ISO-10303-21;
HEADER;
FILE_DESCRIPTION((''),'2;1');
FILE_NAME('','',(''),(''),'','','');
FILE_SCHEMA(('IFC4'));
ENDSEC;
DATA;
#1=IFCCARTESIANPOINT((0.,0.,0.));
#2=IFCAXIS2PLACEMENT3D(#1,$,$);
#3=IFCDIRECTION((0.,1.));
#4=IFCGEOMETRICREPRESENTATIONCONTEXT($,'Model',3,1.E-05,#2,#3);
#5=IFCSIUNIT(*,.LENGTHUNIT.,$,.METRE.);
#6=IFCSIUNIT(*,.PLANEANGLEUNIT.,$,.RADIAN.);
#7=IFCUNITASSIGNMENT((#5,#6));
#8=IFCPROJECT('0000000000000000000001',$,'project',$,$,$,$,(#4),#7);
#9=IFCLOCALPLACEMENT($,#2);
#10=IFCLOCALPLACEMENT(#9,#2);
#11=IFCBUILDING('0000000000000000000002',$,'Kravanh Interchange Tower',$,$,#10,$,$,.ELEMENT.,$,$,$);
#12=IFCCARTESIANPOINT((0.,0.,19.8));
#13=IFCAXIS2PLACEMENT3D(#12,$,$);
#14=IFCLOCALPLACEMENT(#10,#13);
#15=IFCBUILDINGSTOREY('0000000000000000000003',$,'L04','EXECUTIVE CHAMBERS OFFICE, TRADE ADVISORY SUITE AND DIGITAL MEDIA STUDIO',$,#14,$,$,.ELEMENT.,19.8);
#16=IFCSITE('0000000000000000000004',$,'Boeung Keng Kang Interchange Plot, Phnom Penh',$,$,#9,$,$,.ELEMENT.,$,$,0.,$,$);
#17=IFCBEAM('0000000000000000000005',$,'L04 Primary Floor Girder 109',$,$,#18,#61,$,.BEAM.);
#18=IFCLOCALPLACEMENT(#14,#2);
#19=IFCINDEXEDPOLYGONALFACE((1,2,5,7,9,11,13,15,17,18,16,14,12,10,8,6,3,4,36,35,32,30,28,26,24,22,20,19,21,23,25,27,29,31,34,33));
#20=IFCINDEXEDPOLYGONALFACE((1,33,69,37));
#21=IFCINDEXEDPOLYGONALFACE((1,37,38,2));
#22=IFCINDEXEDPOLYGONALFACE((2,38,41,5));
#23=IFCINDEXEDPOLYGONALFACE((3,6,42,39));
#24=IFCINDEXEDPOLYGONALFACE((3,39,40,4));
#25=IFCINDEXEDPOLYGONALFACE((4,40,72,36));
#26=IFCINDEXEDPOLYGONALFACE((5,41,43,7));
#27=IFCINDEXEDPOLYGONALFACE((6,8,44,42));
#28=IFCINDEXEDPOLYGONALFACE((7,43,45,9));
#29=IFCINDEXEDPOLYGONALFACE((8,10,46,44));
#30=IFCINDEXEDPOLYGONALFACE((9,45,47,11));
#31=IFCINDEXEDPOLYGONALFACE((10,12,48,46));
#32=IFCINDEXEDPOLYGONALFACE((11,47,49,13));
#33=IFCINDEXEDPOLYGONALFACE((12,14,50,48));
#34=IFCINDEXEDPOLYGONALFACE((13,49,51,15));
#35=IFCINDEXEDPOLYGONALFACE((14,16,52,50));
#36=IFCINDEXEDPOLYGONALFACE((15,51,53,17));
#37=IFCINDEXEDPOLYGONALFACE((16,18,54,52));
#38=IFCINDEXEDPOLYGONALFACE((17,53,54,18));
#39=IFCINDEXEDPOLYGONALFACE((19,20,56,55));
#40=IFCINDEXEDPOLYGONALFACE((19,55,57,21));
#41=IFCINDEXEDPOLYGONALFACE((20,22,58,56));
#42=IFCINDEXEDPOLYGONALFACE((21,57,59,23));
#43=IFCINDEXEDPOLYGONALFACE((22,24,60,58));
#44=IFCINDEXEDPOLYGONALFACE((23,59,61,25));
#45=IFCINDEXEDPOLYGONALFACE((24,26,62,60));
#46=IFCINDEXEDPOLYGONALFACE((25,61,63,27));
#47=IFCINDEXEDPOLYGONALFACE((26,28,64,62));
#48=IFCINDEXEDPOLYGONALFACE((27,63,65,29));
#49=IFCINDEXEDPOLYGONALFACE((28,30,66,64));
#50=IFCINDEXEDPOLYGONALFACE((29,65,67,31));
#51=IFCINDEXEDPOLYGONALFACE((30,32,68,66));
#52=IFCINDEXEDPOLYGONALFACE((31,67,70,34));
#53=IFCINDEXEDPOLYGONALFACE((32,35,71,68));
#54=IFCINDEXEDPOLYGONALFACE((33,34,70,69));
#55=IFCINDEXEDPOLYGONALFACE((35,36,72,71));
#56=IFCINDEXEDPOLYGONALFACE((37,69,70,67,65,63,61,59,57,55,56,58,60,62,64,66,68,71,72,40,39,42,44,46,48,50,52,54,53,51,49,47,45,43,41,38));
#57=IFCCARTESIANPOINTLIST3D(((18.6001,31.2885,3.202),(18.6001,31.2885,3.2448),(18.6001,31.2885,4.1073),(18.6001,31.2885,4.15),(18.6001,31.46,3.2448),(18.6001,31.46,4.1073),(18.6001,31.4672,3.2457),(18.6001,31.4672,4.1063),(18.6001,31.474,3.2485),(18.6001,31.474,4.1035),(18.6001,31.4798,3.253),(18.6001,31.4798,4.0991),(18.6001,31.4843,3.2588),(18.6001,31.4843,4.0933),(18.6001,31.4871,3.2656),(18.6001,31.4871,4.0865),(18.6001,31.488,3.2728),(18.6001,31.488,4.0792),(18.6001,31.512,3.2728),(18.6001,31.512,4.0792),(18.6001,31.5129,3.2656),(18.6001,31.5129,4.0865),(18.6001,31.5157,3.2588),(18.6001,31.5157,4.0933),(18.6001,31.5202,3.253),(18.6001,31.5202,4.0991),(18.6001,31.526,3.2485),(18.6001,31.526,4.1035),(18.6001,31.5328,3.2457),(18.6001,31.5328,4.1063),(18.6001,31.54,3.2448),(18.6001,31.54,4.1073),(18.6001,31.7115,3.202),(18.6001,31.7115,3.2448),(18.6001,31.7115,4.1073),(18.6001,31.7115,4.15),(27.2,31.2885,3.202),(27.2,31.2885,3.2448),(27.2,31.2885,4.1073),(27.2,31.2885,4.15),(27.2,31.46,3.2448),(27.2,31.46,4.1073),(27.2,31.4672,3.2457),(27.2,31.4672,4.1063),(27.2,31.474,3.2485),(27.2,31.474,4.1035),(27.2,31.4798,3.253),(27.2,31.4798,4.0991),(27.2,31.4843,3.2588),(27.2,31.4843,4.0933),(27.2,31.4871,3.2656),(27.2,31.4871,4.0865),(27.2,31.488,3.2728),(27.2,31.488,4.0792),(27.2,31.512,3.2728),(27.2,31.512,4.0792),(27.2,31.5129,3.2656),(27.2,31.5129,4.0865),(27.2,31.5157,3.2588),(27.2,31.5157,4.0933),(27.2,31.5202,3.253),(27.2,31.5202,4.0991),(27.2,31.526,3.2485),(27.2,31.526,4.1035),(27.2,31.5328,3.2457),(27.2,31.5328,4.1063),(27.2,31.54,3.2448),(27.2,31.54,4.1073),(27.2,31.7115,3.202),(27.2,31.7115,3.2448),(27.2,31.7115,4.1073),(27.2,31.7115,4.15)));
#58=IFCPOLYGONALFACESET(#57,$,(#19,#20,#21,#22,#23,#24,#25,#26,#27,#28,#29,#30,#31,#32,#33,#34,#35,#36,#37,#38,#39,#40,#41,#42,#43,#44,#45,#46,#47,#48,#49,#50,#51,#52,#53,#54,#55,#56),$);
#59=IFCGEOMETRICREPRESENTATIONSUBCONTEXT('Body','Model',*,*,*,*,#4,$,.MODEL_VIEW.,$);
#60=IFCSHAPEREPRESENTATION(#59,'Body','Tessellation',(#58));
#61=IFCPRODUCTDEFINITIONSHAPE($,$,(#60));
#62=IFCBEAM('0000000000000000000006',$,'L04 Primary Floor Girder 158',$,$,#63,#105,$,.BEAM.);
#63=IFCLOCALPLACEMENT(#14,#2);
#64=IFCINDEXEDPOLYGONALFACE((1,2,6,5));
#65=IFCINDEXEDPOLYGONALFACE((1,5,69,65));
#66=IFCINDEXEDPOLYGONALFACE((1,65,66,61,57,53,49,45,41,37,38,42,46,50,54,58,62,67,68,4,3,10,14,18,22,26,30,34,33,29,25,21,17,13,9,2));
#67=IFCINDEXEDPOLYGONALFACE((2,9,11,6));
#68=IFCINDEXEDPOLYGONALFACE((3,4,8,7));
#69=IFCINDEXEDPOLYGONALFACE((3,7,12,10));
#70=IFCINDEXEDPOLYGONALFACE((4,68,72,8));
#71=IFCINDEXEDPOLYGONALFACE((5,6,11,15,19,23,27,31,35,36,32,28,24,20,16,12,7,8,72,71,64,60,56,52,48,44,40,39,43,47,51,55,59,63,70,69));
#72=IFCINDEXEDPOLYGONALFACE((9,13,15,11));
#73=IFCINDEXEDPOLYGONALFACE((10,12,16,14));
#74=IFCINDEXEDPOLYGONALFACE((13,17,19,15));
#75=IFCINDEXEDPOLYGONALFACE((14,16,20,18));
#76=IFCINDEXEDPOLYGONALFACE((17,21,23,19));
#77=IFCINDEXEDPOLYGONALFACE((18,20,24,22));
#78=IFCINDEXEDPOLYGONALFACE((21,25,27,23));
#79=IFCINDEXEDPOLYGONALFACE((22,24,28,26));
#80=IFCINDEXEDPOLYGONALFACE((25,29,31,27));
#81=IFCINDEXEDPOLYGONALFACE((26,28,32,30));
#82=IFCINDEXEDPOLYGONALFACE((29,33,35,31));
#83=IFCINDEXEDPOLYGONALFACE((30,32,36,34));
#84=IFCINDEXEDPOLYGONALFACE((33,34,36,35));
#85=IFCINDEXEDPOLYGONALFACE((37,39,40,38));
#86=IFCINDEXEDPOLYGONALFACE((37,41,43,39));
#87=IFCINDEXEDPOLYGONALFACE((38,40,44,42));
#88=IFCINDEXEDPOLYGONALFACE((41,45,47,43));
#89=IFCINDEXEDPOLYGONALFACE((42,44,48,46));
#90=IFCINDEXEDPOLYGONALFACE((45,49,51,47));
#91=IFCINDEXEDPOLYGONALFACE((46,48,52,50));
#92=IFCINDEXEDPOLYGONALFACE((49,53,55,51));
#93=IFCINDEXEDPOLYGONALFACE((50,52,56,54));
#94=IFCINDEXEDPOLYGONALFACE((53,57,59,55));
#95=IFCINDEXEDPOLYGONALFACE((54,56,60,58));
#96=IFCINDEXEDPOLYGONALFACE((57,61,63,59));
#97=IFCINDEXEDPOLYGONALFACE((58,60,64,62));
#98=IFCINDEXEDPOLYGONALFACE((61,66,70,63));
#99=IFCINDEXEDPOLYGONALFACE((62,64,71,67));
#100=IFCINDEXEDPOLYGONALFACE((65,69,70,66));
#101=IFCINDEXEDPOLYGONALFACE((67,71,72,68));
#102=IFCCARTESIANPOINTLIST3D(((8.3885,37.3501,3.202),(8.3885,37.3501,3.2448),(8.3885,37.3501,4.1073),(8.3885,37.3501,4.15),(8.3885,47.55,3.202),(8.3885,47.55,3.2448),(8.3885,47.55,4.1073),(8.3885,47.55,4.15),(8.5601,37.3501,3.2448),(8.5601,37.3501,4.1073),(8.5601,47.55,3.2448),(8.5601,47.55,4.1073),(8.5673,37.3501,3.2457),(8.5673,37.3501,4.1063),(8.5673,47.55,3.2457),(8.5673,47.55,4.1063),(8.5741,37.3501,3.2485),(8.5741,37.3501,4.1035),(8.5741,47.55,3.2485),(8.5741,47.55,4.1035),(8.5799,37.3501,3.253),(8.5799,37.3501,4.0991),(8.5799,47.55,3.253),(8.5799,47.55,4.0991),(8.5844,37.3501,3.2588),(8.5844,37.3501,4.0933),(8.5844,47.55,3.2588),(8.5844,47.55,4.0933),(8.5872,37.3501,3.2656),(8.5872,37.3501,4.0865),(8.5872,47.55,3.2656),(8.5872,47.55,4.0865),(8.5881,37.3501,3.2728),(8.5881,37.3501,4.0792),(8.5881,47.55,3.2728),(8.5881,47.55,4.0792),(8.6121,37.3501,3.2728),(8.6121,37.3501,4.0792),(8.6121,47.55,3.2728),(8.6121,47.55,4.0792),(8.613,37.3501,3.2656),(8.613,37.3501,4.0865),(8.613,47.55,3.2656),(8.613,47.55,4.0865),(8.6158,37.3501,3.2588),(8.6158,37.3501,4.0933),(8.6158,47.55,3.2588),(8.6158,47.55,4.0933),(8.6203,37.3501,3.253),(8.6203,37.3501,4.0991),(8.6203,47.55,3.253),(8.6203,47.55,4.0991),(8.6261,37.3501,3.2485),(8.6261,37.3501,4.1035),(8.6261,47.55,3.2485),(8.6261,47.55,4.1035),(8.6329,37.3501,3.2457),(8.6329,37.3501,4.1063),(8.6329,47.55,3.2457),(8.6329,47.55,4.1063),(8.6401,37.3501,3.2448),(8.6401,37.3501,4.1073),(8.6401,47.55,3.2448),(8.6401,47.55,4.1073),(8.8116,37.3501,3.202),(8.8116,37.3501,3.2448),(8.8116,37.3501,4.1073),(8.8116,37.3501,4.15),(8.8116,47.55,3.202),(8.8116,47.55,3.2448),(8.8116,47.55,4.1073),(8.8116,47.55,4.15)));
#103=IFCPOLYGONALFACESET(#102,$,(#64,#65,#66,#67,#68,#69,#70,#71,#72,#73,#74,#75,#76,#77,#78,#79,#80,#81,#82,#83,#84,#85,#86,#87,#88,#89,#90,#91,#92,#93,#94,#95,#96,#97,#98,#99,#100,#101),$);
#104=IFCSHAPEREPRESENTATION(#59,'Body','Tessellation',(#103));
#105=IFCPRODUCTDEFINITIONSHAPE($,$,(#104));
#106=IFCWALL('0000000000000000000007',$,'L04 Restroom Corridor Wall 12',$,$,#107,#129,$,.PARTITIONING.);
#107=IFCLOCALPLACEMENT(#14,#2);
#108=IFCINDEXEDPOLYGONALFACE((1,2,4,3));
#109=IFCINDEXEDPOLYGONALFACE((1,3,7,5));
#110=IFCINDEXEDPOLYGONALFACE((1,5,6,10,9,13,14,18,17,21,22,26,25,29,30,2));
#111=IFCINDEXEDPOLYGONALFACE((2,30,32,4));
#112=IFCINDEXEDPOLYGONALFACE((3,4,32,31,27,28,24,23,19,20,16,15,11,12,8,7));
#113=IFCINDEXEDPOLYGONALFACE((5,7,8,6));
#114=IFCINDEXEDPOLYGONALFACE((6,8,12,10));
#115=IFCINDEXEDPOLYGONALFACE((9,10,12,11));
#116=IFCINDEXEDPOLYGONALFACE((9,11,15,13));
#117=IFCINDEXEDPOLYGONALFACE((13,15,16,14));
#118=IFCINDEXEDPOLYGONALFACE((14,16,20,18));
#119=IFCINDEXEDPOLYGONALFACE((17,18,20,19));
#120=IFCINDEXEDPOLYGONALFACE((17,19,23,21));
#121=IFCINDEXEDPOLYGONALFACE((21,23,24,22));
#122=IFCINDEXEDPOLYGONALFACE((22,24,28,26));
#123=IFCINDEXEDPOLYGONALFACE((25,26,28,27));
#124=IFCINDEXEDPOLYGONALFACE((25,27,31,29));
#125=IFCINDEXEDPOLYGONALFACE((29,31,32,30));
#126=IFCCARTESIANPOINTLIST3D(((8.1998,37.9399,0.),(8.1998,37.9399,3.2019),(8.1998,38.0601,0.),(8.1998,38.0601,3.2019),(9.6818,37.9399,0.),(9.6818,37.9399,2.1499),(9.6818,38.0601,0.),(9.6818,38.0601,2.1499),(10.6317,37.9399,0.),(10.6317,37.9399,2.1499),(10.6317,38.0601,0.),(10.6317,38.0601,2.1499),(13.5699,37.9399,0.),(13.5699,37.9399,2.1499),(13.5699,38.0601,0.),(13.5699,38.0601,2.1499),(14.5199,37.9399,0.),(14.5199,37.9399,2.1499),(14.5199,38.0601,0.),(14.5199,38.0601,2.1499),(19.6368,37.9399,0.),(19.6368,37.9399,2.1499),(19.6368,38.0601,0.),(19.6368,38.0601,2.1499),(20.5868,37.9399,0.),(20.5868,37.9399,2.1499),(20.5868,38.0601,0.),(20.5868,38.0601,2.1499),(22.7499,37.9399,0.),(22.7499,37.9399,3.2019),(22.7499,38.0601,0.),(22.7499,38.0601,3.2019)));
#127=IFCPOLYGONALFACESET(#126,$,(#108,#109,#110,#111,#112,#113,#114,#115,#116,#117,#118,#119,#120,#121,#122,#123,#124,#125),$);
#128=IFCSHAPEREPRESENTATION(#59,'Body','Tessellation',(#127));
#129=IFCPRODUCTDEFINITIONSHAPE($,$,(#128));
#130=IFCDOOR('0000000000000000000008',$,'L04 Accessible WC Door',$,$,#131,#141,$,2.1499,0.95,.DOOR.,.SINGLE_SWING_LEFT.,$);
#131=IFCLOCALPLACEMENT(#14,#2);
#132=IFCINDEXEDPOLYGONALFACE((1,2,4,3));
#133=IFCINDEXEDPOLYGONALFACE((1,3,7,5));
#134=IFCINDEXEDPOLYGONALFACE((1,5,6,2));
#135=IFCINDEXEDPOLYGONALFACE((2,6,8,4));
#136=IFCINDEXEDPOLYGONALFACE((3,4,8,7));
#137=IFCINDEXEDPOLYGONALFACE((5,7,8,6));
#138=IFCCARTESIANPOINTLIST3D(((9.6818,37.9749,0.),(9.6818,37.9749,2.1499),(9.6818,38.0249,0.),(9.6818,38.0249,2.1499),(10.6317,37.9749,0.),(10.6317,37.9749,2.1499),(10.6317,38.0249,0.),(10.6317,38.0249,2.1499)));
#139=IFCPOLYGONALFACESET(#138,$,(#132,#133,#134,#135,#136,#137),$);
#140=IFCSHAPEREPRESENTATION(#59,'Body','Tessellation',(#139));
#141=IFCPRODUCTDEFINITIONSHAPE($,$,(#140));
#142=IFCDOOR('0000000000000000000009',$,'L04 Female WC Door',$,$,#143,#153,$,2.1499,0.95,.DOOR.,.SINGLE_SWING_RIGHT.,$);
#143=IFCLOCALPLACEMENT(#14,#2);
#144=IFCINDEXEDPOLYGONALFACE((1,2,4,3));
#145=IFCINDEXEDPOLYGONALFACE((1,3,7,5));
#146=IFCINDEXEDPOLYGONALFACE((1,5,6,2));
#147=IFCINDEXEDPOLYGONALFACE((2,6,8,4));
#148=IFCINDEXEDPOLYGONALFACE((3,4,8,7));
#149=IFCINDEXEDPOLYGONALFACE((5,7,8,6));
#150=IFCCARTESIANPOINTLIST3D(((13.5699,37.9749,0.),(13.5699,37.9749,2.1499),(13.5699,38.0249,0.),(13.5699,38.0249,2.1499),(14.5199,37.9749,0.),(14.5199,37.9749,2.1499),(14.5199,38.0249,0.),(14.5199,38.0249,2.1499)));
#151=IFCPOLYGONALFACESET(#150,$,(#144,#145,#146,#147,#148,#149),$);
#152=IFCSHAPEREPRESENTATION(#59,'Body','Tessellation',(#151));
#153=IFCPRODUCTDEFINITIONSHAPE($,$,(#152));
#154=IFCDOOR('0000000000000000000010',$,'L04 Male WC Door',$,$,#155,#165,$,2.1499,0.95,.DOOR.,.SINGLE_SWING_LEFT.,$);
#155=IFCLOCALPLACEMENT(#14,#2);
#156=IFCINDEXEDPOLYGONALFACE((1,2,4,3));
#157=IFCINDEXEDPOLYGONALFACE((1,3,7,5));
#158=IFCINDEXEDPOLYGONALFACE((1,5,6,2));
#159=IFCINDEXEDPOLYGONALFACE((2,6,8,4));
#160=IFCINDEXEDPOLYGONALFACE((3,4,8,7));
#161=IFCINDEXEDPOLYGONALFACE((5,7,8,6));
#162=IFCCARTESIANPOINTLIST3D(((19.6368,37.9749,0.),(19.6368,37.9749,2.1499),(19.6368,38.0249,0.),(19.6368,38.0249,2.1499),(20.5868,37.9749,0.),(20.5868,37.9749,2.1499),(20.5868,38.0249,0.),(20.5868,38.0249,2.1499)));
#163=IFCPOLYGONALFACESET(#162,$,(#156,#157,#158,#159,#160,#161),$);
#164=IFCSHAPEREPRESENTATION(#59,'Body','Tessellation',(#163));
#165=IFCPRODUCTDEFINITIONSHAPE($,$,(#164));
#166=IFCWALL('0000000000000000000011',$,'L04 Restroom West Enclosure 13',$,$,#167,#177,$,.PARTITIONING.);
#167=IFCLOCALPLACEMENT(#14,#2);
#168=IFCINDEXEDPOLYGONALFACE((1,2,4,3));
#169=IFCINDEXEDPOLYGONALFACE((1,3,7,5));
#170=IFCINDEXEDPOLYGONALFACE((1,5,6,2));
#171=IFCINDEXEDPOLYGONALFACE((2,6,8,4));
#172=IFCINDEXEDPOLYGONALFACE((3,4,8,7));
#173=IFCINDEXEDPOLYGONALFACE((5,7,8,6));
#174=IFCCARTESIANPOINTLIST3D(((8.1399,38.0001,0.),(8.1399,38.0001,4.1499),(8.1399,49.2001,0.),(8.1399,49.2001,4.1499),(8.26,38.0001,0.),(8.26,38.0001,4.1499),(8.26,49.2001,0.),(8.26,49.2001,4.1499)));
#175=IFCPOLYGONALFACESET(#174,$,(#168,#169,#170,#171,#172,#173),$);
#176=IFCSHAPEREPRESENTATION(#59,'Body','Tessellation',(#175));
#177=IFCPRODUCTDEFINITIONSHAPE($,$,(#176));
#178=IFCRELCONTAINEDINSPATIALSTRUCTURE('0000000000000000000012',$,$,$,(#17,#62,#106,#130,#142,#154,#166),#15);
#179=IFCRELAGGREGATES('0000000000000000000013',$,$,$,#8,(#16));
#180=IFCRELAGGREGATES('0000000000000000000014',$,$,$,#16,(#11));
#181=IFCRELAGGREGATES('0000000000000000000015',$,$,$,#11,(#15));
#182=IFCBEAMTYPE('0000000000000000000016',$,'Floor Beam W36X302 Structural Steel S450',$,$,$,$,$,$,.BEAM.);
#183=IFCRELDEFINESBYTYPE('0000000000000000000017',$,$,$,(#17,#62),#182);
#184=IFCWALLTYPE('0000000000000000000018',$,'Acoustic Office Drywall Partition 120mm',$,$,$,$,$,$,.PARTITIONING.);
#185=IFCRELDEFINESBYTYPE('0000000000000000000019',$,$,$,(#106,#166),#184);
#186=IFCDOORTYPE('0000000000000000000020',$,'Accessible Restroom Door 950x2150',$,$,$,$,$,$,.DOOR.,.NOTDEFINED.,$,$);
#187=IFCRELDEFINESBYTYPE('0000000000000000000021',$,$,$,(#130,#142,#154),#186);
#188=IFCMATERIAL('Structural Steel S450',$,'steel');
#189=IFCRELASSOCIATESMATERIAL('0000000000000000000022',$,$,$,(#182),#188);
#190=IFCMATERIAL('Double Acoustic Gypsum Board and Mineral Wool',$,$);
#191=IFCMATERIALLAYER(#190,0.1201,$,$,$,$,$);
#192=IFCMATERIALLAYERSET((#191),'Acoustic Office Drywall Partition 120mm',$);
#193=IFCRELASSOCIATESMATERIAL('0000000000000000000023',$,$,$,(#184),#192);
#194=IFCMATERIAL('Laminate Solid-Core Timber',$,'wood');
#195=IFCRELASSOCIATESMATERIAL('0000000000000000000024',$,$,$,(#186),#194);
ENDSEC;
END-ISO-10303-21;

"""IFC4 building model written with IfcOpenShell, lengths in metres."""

from ifc_helpers import new_model, si_unit, direction, frame, frame_2d, origin, origin_2d, place, context, subcontext, project, spatial, rectangle, i_section, extrude, material, layer, layer_set, material_profile, profile_set, type_object, element, fill, save


model = new_model("IFC4")

# Units and contexts
model_context = context("Model", 3, precision=1e-05, world=origin(), true_north=direction((0.0, 1.0)))
body_context = subcontext(model_context, "Body", "Model", "MODEL_VIEW")
ifc_project = project(units=[si_unit("LENGTHUNIT", "METRE"), si_unit("PLANEANGLEUNIT", "RADIAN")], contexts=[model_context])

# Site, building, storey
site_placement = place(None, origin())
site = spatial("IfcSite", under=ifc_project, at=site_placement, Name="Boeung Keng Kang Interchange Plot, Phnom Penh", CompositionType="ELEMENT", RefElevation=0.0)
building_placement = place(site_placement, origin())
building = spatial("IfcBuilding", under=site, at=building_placement, Name="Kravanh Interchange Tower", CompositionType="ELEMENT")
storey_placement = place(building_placement, frame((0.0, 0.0, 19.8)))
storey = spatial("IfcBuildingStorey", under=building, at=storey_placement, Name="L04", Description="EXECUTIVE CHAMBERS OFFICE, TRADE ADVISORY SUITE AND DIGITAL MEDIA STUDIO", CompositionType="ELEMENT", Elevation=19.8)

# Beams
ifc_material_1 = material(Name="Structural Steel S450", Category="steel")
ifc_material_profile_1 = material_profile(ifc_material_1, i_section(OverallWidth=0.4231, OverallDepth=0.948, WebThickness=0.0239, FlangeThickness=0.0427, FilletRadius=0.0281, at=origin_2d()), Name="W36X302")
ifc_profile_set_1 = profile_set([ifc_material_profile_1], Name="Structural Steel S450")
beam_type = type_object("IfcBeamType", Name="Floor Beam W36X302 Structural Steel S450", PredefinedType="BEAM", material=ifc_profile_set_1)
beam_1_placement = place(storey_placement, frame((18.6001, 31.5, 3.676), z_axis=(1.0, 0.0, 0.0), x_axis=(0.0, 1.0, 0.0)))
element("IfcBeam", 1, at=beam_1_placement, inside=storey, type_object=beam_type, Name="L04 Primary Floor Girder 109", PredefinedType="BEAM", context=body_context, shape_type="SweptSolid", body=[
    extrude(i_section(OverallWidth=0.4231, OverallDepth=0.948, WebThickness=0.0239, FlangeThickness=0.0427, FilletRadius=0.0281, at=origin_2d()), origin(), (0.0, 0.0, 1.0), 8.5999),
])
beam_2_placement = place(storey_placement, frame((8.6001, 37.3501, 3.676), z_axis=(0.0, 1.0, 0.0), x_axis=(-1.0, 0.0, 0.0)))
element("IfcBeam", 2, at=beam_2_placement, inside=storey, type_object=beam_type, Name="L04 Primary Floor Girder 158", PredefinedType="BEAM", context=body_context, shape_type="SweptSolid", body=[
    extrude(i_section(OverallWidth=0.4231, OverallDepth=0.948, WebThickness=0.0239, FlangeThickness=0.0427, FilletRadius=0.0281, at=origin_2d()), origin(), (0.0, 0.0, 1.0), 10.2),
])

# Wall, openings, doors
ifc_material_2 = material(Name="Double Acoustic Gypsum Board and Mineral Wool")
ifc_layer_1 = layer(ifc_material_2, 0.1201)
ifc_layer_set_1 = layer_set([ifc_layer_1], Name="Acoustic Office Drywall Partition 120mm")
wall_type_1 = type_object("IfcWallType", Name="Acoustic Office Drywall Partition 120mm", PredefinedType="PARTITIONING", material=ifc_layer_set_1)
wall_1_placement = place(storey_placement, frame((8.2, 38.0, 0.0), z_axis=(0.0, 0.0, 1.0), x_axis=(1.0, 0.0, 0.0)))
wall_1 = element("IfcWall", 3, at=wall_1_placement, inside=storey, type_object=wall_type_1, Name="L04 Restroom Corridor Wall 12", PredefinedType="PARTITIONING", context=body_context, shape_type="SweptSolid", body=[
    extrude(rectangle(XDim=14.55, YDim=0.1201, at=frame_2d((7.2749, 0.0))), origin(), (0.0, 0.0, 1.0), 3.2019),
])
opening_1_placement = place(wall_1_placement, frame((1.4817, 0.0, 0.0)))
opening_1 = element("IfcOpeningElement", 4, at=opening_1_placement, cuts=wall_1, PredefinedType="OPENING", context=body_context, shape_type="SweptSolid", body=[
    extrude(rectangle(XDim=0.95, YDim=2.1499, at=frame_2d((0.4751, 1.075))), frame((0.0, 0.0701, 0.0), z_axis=(0.0, -1.0, 0.0), x_axis=(1.0, 0.0, 0.0)), (0.0, 0.0, 1.0), 0.1401),
])
opening_2_placement = place(wall_1_placement, frame((5.3699, 0.0, 0.0)))
opening_2 = element("IfcOpeningElement", 5, at=opening_2_placement, cuts=wall_1, PredefinedType="OPENING", context=body_context, shape_type="SweptSolid", body=[
    extrude(rectangle(XDim=0.95, YDim=2.1499, at=frame_2d((0.4751, 1.075))), frame((0.0, 0.0701, 0.0), z_axis=(0.0, -1.0, 0.0), x_axis=(1.0, 0.0, 0.0)), (0.0, 0.0, 1.0), 0.1401),
])
opening_3_placement = place(wall_1_placement, frame((11.4368, 0.0, 0.0)))
opening_3 = element("IfcOpeningElement", 6, at=opening_3_placement, cuts=wall_1, PredefinedType="OPENING", context=body_context, shape_type="SweptSolid", body=[
    extrude(rectangle(XDim=0.95, YDim=2.1499, at=frame_2d((0.4751, 1.075))), frame((0.0, 0.0701, 0.0), z_axis=(0.0, -1.0, 0.0), x_axis=(1.0, 0.0, 0.0)), (0.0, 0.0, 1.0), 0.1401),
])
ifc_material_3 = material(Name="Laminate Solid-Core Timber", Category="wood")
door_type = type_object("IfcDoorType", Name="Accessible Restroom Door 950x2150", OperationType="NOTDEFINED", PredefinedType="DOOR", material=ifc_material_3)
door_1_placement = place(opening_1_placement, origin())
door_1 = element("IfcDoor", 7, at=door_1_placement, inside=storey, type_object=door_type, Name="L04 Accessible WC Door", OperationType="SINGLE_SWING_LEFT", OverallHeight=2.1499, OverallWidth=0.95, PredefinedType="DOOR", context=body_context, shape_type="SweptSolid", body=[
    extrude(rectangle(XDim=0.95, YDim=2.1499, at=frame_2d((0.4751, 1.075))), frame((0.0, 0.0249, 0.0), z_axis=(0.0, -1.0, 0.0), x_axis=(1.0, 0.0, 0.0)), (0.0, 0.0, 1.0), 0.05),
])
fill(opening_1, door_1)
door_2_placement = place(opening_2_placement, origin())
door_2 = element("IfcDoor", 8, at=door_2_placement, inside=storey, type_object=door_type, Name="L04 Female WC Door", OperationType="SINGLE_SWING_RIGHT", OverallHeight=2.1499, OverallWidth=0.95, PredefinedType="DOOR", context=body_context, shape_type="SweptSolid", body=[
    extrude(rectangle(XDim=0.95, YDim=2.1499, at=frame_2d((0.4751, 1.075))), frame((0.0, 0.0249, 0.0), z_axis=(0.0, -1.0, 0.0), x_axis=(1.0, 0.0, 0.0)), (0.0, 0.0, 1.0), 0.05),
])
fill(opening_2, door_2)
door_3_placement = place(opening_3_placement, origin())
door_3 = element("IfcDoor", 9, at=door_3_placement, inside=storey, type_object=door_type, Name="L04 Male WC Door", OperationType="SINGLE_SWING_LEFT", OverallHeight=2.1499, OverallWidth=0.95, PredefinedType="DOOR", context=body_context, shape_type="SweptSolid", body=[
    extrude(rectangle(XDim=0.95, YDim=2.1499, at=frame_2d((0.4751, 1.075))), frame((0.0, 0.0249, 0.0), z_axis=(0.0, -1.0, 0.0), x_axis=(1.0, 0.0, 0.0)), (0.0, 0.0, 1.0), 0.05),
])
fill(opening_3, door_3)

# Wall
wall_2_placement = place(storey_placement, frame((8.2, 38.0, 0.0), z_axis=(0.0, 0.0, 1.0), x_axis=(0.0, 1.0, 0.0)))
element("IfcWall", 10, at=wall_2_placement, inside=storey, type_object=wall_type_1, Name="L04 Restroom West Enclosure 13", PredefinedType="PARTITIONING", context=body_context, shape_type="SweptSolid", body=[
    extrude(rectangle(XDim=11.2, YDim=0.1201, at=frame_2d((5.6001, 0.0))), origin(), (0.0, 0.0, 1.0), 4.1499),
])

save(model, "model.ifc")
